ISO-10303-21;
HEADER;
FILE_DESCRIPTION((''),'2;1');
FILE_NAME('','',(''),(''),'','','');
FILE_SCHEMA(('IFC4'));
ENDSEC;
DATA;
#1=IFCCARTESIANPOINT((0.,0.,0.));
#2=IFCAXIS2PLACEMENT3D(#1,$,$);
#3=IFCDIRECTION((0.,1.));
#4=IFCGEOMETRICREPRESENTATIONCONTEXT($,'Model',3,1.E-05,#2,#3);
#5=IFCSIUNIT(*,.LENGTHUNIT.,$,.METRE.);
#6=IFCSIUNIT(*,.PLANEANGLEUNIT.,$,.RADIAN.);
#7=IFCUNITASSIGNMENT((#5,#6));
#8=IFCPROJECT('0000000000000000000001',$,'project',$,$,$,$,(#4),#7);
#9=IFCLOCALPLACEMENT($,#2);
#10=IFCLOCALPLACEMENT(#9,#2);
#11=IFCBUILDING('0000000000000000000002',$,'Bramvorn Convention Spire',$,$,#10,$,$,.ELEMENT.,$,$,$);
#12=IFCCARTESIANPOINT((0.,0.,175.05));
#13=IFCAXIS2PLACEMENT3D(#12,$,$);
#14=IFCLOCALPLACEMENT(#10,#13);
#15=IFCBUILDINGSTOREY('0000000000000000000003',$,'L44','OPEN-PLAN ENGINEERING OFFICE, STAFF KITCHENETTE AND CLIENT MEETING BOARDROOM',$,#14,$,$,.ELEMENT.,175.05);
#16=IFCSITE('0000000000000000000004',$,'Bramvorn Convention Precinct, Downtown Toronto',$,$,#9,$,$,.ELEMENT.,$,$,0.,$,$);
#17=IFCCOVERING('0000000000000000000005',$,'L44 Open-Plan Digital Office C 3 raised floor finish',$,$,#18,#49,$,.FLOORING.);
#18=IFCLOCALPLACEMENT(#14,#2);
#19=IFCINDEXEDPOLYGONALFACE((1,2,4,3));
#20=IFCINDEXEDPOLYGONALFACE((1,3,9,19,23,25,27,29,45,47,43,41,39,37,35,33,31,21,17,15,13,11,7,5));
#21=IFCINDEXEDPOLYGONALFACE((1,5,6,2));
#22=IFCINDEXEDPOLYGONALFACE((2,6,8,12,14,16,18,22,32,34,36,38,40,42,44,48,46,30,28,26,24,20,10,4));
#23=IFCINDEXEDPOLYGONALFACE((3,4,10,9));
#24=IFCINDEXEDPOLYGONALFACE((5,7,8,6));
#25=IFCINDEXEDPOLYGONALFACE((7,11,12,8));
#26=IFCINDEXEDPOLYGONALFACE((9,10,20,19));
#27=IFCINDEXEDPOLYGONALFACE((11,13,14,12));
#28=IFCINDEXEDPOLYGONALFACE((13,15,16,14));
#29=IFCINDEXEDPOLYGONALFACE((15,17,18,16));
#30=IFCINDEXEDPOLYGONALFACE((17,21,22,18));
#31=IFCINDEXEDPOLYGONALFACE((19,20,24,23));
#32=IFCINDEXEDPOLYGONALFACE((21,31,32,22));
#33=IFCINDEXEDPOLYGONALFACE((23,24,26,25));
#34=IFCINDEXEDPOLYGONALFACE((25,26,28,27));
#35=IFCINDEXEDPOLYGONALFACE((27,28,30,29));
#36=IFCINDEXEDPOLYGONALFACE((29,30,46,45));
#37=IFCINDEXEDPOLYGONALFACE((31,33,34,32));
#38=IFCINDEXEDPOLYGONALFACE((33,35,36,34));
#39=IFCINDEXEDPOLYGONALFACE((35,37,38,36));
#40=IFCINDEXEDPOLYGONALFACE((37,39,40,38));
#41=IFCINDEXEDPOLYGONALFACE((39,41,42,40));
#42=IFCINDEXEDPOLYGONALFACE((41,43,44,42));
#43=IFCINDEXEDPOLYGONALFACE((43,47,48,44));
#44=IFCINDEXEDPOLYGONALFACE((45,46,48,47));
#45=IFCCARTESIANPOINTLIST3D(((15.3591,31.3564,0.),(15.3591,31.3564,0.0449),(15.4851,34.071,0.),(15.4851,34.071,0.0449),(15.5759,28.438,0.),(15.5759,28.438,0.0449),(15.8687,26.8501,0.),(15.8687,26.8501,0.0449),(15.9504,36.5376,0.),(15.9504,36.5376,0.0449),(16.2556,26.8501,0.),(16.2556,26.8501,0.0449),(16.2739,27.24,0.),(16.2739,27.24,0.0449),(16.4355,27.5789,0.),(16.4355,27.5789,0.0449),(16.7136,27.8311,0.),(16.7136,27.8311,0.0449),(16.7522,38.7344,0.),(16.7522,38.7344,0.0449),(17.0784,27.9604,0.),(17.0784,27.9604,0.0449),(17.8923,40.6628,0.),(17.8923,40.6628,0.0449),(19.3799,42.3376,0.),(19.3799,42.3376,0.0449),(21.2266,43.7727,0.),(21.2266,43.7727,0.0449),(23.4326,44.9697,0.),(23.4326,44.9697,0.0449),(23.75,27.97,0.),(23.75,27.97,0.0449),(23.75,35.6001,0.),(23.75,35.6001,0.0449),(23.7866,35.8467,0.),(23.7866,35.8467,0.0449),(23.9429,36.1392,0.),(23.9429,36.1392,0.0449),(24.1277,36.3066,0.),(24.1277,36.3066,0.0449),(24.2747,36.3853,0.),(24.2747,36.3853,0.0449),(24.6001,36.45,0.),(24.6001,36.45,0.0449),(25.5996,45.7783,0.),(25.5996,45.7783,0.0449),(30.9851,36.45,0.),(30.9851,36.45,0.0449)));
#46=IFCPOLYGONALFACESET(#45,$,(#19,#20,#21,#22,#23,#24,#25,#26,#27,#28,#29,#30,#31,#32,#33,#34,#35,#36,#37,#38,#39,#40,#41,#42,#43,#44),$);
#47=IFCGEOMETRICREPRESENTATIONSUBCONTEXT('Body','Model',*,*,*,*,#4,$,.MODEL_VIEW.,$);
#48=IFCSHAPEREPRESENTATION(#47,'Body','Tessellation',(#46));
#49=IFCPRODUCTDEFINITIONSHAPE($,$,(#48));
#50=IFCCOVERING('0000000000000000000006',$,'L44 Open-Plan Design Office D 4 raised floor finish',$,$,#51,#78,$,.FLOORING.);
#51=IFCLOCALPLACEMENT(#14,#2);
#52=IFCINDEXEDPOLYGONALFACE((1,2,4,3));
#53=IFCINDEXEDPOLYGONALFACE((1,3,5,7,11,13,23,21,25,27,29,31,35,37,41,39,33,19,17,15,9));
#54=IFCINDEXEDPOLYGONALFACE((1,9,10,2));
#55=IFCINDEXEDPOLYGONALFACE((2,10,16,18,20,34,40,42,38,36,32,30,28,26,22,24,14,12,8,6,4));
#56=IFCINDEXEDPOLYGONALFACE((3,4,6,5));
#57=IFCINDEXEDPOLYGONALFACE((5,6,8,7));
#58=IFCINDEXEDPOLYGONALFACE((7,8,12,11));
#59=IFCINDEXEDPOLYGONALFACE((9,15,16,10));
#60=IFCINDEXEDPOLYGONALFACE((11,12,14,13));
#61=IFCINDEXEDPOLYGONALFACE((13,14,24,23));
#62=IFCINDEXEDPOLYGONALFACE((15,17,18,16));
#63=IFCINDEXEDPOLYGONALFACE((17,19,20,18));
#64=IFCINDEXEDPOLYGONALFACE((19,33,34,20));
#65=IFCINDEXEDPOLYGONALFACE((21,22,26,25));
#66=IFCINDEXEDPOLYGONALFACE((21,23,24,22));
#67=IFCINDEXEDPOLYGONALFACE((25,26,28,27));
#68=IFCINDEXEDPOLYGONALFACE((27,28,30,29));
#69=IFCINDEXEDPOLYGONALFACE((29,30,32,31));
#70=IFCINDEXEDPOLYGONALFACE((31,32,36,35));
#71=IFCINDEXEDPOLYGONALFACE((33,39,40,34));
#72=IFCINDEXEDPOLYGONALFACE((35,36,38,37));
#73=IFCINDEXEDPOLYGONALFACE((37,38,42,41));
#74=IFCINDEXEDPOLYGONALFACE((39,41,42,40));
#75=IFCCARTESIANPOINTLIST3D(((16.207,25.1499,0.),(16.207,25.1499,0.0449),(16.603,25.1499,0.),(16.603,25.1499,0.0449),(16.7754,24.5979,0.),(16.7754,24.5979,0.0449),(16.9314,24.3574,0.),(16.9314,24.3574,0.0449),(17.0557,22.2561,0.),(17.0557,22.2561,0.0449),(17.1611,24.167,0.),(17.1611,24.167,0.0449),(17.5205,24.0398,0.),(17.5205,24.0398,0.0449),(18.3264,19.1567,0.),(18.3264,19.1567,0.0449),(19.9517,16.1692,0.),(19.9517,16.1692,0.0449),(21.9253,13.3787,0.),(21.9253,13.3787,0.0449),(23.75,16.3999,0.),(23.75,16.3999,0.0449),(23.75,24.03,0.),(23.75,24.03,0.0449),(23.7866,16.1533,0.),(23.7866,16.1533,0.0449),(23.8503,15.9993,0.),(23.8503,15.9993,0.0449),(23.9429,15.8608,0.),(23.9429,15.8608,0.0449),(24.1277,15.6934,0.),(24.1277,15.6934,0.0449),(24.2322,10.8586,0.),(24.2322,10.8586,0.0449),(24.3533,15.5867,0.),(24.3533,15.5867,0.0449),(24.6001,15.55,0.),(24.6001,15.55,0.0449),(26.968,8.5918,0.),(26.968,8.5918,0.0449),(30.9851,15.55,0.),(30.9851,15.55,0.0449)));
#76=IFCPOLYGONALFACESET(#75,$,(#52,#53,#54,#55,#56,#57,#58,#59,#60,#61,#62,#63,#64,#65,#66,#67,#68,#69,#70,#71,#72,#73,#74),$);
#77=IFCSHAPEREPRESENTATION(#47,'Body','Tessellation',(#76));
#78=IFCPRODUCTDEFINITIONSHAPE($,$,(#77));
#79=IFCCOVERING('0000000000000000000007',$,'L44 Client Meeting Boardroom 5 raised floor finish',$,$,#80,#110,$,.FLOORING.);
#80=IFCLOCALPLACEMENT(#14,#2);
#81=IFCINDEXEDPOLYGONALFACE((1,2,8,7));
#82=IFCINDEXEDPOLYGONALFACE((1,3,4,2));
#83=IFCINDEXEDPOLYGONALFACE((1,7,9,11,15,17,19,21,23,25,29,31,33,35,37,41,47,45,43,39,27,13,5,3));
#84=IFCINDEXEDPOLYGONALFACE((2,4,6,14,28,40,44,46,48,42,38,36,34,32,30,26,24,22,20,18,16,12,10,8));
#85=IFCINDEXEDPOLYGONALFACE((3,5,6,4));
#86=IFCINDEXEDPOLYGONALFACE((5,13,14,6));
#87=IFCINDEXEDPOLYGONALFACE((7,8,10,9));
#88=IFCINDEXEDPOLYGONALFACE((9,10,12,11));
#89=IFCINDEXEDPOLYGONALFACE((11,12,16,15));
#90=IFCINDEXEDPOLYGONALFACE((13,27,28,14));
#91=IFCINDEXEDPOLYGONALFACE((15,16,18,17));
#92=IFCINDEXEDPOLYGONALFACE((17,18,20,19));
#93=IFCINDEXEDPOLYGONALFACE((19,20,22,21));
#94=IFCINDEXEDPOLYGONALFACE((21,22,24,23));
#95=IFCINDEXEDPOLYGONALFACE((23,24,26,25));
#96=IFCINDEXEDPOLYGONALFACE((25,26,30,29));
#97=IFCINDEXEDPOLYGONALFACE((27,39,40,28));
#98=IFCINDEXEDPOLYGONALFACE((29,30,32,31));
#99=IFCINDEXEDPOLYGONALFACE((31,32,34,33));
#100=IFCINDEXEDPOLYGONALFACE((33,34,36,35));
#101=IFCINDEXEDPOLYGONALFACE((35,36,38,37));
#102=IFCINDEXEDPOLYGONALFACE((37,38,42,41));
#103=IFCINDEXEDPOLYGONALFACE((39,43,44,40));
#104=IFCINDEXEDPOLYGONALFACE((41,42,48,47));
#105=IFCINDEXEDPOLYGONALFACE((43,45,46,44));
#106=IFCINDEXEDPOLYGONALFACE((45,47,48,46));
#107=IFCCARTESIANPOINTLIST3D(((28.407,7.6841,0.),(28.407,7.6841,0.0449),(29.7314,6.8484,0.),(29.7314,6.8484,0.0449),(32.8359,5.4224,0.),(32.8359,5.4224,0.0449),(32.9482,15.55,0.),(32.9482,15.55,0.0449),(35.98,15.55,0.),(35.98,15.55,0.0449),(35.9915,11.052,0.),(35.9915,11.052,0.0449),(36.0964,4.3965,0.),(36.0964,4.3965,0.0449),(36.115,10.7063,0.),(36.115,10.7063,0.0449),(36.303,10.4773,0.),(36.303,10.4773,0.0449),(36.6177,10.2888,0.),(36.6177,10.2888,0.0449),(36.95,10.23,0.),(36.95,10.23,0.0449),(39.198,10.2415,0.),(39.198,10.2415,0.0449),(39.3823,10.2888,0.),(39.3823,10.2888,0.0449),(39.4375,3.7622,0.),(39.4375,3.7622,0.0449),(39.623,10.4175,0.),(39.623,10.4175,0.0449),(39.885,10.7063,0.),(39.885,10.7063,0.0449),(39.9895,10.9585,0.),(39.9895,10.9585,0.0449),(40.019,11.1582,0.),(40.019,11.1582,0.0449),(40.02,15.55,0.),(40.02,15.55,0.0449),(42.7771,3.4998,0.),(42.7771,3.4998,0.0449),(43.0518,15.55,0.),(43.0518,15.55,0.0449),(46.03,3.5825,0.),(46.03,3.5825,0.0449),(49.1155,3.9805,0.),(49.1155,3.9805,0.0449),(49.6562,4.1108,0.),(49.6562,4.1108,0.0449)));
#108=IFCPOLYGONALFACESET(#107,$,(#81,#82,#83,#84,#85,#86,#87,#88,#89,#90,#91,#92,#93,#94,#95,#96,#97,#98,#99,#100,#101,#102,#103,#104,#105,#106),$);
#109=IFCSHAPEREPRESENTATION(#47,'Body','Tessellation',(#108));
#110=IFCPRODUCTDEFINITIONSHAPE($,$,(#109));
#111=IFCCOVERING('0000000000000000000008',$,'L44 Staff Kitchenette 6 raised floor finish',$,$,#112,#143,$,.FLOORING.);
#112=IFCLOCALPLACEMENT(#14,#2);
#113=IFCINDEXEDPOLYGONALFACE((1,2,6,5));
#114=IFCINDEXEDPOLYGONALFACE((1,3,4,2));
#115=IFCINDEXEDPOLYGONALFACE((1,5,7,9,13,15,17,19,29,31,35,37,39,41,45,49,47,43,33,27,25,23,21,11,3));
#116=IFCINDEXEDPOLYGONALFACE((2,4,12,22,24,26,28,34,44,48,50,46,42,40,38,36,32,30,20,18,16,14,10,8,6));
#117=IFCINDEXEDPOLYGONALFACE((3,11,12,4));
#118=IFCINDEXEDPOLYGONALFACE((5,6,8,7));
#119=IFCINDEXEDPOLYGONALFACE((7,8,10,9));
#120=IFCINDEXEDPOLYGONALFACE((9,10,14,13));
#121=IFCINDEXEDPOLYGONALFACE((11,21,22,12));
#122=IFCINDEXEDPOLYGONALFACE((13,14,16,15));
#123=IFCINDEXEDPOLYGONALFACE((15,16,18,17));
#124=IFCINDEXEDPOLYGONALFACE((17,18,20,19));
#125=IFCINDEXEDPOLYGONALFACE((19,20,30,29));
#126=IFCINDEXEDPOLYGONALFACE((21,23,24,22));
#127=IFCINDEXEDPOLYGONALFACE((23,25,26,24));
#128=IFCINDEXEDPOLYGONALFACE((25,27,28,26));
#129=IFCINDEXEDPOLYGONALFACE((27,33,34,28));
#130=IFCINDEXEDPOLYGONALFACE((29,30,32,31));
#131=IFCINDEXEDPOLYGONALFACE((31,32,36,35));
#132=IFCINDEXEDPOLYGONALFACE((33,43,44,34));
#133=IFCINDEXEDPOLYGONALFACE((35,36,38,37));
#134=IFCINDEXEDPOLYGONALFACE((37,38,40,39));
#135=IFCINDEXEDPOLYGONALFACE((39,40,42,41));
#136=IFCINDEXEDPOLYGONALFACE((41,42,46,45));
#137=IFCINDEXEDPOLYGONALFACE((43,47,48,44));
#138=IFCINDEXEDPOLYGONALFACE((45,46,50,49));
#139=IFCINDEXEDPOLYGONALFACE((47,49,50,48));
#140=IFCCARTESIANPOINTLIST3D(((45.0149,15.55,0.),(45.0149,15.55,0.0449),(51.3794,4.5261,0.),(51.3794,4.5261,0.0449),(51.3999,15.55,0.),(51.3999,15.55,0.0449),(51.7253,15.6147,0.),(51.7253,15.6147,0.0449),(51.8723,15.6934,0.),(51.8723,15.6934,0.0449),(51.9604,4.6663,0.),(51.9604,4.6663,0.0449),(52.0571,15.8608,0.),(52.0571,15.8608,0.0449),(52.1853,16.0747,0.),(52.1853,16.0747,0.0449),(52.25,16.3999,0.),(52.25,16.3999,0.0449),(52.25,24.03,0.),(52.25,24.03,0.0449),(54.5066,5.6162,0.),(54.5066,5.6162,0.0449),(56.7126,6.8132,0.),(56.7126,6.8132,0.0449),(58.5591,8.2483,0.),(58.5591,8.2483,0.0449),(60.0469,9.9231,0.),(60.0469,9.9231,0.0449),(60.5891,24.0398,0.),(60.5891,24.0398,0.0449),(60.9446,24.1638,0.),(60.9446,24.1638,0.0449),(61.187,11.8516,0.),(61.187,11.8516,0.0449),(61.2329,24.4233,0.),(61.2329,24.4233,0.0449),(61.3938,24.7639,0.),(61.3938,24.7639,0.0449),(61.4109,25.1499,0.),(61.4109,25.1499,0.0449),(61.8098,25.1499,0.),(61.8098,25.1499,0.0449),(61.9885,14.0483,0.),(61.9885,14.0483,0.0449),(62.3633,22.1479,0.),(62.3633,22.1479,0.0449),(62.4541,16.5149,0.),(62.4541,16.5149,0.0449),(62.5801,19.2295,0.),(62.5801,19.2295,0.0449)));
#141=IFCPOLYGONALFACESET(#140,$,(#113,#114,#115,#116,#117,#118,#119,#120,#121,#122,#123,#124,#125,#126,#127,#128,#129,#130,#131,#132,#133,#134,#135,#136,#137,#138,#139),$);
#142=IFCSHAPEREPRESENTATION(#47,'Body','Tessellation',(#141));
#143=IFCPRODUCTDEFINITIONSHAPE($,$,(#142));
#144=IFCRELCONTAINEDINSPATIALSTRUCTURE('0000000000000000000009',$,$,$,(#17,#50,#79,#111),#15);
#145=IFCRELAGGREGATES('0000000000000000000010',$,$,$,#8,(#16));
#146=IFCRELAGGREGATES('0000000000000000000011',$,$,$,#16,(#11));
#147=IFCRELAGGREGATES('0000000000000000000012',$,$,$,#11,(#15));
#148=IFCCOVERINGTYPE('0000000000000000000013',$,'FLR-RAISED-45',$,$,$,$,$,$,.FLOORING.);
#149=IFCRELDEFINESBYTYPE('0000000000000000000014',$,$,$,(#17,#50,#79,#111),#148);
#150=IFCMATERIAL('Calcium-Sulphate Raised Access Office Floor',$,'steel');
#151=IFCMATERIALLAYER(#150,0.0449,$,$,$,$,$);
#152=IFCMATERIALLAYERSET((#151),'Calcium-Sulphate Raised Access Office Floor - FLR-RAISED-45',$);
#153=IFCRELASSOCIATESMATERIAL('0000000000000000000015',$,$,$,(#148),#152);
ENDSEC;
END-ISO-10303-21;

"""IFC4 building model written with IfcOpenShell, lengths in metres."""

from ifc_helpers import new_model, si_unit, direction, frame, origin, place, context, subcontext, project, spatial, polyline, outline, extrude, material, layer, layer_set, type_object, element, save


model = new_model("IFC4")

# Units and contexts
model_context = context("Model", 3, precision=1e-05, world=origin(), true_north=direction((0.0, 1.0)))
body_context = subcontext(model_context, "Body", "Model", "MODEL_VIEW")
ifc_project = project(units=[si_unit("LENGTHUNIT", "METRE"), si_unit("PLANEANGLEUNIT", "RADIAN")], contexts=[model_context])

# Site, building, storey
site_placement = place(None, origin())
site = spatial("IfcSite", under=ifc_project, at=site_placement, Name="Bramvorn Convention Precinct, Downtown Toronto", CompositionType="ELEMENT", RefElevation=0.0)
building_placement = place(site_placement, origin())
building = spatial("IfcBuilding", under=site, at=building_placement, Name="Bramvorn Convention Spire", CompositionType="ELEMENT")
storey_placement = place(building_placement, frame((0.0, 0.0, 175.05)))
storey = spatial("IfcBuildingStorey", under=building, at=storey_placement, Name="L44", Description="OPEN-PLAN ENGINEERING OFFICE, STAFF KITCHENETTE AND CLIENT MEETING BOARDROOM", CompositionType="ELEMENT", Elevation=175.05)

# Coverings
ifc_material_1 = material(Name="Calcium-Sulphate Raised Access Office Floor", Category="steel")
ifc_layer_1 = layer(ifc_material_1, 0.0449)
ifc_layer_set_1 = layer_set([ifc_layer_1], Name="Calcium-Sulphate Raised Access Office Floor - FLR-RAISED-45")
covering_type = type_object("IfcCoveringType", Name="FLR-RAISED-45", PredefinedType="FLOORING", material=ifc_layer_set_1)
covering_1_placement = place(storey_placement, origin())
element("IfcCovering", 1, at=covering_1_placement, inside=storey, type_object=covering_type, Name="L44 Open-Plan Digital Office C 3 raised floor finish", PredefinedType="FLOORING", context=body_context, shape_type="SweptSolid", body=[
    extrude(outline(polyline([(15.5759, 28.438), (15.8687, 26.8501), (16.2556, 26.8501), (16.2739, 27.24), (16.4355, 27.5789), (16.7136, 27.8311), (17.0784, 27.9604), (23.75, 27.97), (23.75, 35.6001), (23.7866, 35.8467), (23.9429, 36.1392), (24.1277, 36.3066), (24.2747, 36.3853), (24.6001, 36.45), (30.9851, 36.45), (25.5996, 45.7783), (23.4326, 44.9697), (21.2266, 43.7727), (19.3799, 42.3376), (17.8923, 40.6628), (16.7522, 38.7344), (15.9504, 36.5376), (15.4851, 34.071), (15.3591, 31.3564), (15.5759, 28.438)])), origin(), (0.0, 0.0, 1.0), 0.0449),
])
covering_2_placement = place(storey_placement, origin())
element("IfcCovering", 2, at=covering_2_placement, inside=storey, type_object=covering_type, Name="L44 Open-Plan Design Office D 4 raised floor finish", PredefinedType="FLOORING", context=body_context, shape_type="SweptSolid", body=[
    extrude(outline(polyline([(17.0557, 22.2561), (18.3264, 19.1567), (19.9517, 16.1692), (21.9253, 13.3787), (24.2322, 10.8586), (26.968, 8.5918), (30.9851, 15.55), (24.6001, 15.55), (24.3533, 15.5867), (24.1277, 15.6934), (23.9429, 15.8608), (23.8503, 15.9993), (23.7866, 16.1533), (23.75, 16.3999), (23.75, 24.03), (17.5205, 24.0398), (17.1611, 24.167), (16.9314, 24.3574), (16.7754, 24.5979), (16.603, 25.1499), (16.207, 25.1499), (17.0557, 22.2561)])), origin(), (0.0, 0.0, 1.0), 0.0449),
])
covering_3_placement = place(storey_placement, origin())
element("IfcCovering", 3, at=covering_3_placement, inside=storey, type_object=covering_type, Name="L44 Client Meeting Boardroom 5 raised floor finish", PredefinedType="FLOORING", context=body_context, shape_type="SweptSolid", body=[
    extrude(outline(polyline([(49.1155, 3.9805), (49.6562, 4.1108), (43.0518, 15.55), (40.02, 15.55), (40.019, 11.1582), (39.9895, 10.9585), (39.885, 10.7063), (39.623, 10.4175), (39.3823, 10.2888), (39.198, 10.2415), (36.95, 10.23), (36.6177, 10.2888), (36.303, 10.4773), (36.115, 10.7063), (35.9915, 11.052), (35.98, 15.55), (32.9482, 15.55), (28.407, 7.6841), (29.7314, 6.8484), (32.8359, 5.4224), (36.0964, 4.3965), (39.4375, 3.7622), (42.7771, 3.4998), (46.03, 3.5825), (49.1155, 3.9805)])), origin(), (0.0, 0.0, 1.0), 0.0449),
])
covering_4_placement = place(storey_placement, origin())
element("IfcCovering", 4, at=covering_4_placement, inside=storey, type_object=covering_type, Name="L44 Staff Kitchenette 6 raised floor finish", PredefinedType="FLOORING", context=body_context, shape_type="SweptSolid", body=[
    extrude(outline(polyline([(54.5066, 5.6162), (56.7126, 6.8132), (58.5591, 8.2483), (60.0469, 9.9231), (61.187, 11.8516), (61.9885, 14.0483), (62.4541, 16.5149), (62.5801, 19.2295), (62.3633, 22.1479), (61.8098, 25.1499), (61.4109, 25.1499), (61.3938, 24.7639), (61.2329, 24.4233), (60.9446, 24.1638), (60.5891, 24.0398), (52.25, 24.03), (52.25, 16.3999), (52.1853, 16.0747), (52.0571, 15.8608), (51.8723, 15.6934), (51.7253, 15.6147), (51.3999, 15.55), (45.0149, 15.55), (51.3794, 4.5261), (51.9604, 4.6663), (54.5066, 5.6162)])), origin(), (0.0, 0.0, 1.0), 0.0449),
])

save(model, "model.ifc")
